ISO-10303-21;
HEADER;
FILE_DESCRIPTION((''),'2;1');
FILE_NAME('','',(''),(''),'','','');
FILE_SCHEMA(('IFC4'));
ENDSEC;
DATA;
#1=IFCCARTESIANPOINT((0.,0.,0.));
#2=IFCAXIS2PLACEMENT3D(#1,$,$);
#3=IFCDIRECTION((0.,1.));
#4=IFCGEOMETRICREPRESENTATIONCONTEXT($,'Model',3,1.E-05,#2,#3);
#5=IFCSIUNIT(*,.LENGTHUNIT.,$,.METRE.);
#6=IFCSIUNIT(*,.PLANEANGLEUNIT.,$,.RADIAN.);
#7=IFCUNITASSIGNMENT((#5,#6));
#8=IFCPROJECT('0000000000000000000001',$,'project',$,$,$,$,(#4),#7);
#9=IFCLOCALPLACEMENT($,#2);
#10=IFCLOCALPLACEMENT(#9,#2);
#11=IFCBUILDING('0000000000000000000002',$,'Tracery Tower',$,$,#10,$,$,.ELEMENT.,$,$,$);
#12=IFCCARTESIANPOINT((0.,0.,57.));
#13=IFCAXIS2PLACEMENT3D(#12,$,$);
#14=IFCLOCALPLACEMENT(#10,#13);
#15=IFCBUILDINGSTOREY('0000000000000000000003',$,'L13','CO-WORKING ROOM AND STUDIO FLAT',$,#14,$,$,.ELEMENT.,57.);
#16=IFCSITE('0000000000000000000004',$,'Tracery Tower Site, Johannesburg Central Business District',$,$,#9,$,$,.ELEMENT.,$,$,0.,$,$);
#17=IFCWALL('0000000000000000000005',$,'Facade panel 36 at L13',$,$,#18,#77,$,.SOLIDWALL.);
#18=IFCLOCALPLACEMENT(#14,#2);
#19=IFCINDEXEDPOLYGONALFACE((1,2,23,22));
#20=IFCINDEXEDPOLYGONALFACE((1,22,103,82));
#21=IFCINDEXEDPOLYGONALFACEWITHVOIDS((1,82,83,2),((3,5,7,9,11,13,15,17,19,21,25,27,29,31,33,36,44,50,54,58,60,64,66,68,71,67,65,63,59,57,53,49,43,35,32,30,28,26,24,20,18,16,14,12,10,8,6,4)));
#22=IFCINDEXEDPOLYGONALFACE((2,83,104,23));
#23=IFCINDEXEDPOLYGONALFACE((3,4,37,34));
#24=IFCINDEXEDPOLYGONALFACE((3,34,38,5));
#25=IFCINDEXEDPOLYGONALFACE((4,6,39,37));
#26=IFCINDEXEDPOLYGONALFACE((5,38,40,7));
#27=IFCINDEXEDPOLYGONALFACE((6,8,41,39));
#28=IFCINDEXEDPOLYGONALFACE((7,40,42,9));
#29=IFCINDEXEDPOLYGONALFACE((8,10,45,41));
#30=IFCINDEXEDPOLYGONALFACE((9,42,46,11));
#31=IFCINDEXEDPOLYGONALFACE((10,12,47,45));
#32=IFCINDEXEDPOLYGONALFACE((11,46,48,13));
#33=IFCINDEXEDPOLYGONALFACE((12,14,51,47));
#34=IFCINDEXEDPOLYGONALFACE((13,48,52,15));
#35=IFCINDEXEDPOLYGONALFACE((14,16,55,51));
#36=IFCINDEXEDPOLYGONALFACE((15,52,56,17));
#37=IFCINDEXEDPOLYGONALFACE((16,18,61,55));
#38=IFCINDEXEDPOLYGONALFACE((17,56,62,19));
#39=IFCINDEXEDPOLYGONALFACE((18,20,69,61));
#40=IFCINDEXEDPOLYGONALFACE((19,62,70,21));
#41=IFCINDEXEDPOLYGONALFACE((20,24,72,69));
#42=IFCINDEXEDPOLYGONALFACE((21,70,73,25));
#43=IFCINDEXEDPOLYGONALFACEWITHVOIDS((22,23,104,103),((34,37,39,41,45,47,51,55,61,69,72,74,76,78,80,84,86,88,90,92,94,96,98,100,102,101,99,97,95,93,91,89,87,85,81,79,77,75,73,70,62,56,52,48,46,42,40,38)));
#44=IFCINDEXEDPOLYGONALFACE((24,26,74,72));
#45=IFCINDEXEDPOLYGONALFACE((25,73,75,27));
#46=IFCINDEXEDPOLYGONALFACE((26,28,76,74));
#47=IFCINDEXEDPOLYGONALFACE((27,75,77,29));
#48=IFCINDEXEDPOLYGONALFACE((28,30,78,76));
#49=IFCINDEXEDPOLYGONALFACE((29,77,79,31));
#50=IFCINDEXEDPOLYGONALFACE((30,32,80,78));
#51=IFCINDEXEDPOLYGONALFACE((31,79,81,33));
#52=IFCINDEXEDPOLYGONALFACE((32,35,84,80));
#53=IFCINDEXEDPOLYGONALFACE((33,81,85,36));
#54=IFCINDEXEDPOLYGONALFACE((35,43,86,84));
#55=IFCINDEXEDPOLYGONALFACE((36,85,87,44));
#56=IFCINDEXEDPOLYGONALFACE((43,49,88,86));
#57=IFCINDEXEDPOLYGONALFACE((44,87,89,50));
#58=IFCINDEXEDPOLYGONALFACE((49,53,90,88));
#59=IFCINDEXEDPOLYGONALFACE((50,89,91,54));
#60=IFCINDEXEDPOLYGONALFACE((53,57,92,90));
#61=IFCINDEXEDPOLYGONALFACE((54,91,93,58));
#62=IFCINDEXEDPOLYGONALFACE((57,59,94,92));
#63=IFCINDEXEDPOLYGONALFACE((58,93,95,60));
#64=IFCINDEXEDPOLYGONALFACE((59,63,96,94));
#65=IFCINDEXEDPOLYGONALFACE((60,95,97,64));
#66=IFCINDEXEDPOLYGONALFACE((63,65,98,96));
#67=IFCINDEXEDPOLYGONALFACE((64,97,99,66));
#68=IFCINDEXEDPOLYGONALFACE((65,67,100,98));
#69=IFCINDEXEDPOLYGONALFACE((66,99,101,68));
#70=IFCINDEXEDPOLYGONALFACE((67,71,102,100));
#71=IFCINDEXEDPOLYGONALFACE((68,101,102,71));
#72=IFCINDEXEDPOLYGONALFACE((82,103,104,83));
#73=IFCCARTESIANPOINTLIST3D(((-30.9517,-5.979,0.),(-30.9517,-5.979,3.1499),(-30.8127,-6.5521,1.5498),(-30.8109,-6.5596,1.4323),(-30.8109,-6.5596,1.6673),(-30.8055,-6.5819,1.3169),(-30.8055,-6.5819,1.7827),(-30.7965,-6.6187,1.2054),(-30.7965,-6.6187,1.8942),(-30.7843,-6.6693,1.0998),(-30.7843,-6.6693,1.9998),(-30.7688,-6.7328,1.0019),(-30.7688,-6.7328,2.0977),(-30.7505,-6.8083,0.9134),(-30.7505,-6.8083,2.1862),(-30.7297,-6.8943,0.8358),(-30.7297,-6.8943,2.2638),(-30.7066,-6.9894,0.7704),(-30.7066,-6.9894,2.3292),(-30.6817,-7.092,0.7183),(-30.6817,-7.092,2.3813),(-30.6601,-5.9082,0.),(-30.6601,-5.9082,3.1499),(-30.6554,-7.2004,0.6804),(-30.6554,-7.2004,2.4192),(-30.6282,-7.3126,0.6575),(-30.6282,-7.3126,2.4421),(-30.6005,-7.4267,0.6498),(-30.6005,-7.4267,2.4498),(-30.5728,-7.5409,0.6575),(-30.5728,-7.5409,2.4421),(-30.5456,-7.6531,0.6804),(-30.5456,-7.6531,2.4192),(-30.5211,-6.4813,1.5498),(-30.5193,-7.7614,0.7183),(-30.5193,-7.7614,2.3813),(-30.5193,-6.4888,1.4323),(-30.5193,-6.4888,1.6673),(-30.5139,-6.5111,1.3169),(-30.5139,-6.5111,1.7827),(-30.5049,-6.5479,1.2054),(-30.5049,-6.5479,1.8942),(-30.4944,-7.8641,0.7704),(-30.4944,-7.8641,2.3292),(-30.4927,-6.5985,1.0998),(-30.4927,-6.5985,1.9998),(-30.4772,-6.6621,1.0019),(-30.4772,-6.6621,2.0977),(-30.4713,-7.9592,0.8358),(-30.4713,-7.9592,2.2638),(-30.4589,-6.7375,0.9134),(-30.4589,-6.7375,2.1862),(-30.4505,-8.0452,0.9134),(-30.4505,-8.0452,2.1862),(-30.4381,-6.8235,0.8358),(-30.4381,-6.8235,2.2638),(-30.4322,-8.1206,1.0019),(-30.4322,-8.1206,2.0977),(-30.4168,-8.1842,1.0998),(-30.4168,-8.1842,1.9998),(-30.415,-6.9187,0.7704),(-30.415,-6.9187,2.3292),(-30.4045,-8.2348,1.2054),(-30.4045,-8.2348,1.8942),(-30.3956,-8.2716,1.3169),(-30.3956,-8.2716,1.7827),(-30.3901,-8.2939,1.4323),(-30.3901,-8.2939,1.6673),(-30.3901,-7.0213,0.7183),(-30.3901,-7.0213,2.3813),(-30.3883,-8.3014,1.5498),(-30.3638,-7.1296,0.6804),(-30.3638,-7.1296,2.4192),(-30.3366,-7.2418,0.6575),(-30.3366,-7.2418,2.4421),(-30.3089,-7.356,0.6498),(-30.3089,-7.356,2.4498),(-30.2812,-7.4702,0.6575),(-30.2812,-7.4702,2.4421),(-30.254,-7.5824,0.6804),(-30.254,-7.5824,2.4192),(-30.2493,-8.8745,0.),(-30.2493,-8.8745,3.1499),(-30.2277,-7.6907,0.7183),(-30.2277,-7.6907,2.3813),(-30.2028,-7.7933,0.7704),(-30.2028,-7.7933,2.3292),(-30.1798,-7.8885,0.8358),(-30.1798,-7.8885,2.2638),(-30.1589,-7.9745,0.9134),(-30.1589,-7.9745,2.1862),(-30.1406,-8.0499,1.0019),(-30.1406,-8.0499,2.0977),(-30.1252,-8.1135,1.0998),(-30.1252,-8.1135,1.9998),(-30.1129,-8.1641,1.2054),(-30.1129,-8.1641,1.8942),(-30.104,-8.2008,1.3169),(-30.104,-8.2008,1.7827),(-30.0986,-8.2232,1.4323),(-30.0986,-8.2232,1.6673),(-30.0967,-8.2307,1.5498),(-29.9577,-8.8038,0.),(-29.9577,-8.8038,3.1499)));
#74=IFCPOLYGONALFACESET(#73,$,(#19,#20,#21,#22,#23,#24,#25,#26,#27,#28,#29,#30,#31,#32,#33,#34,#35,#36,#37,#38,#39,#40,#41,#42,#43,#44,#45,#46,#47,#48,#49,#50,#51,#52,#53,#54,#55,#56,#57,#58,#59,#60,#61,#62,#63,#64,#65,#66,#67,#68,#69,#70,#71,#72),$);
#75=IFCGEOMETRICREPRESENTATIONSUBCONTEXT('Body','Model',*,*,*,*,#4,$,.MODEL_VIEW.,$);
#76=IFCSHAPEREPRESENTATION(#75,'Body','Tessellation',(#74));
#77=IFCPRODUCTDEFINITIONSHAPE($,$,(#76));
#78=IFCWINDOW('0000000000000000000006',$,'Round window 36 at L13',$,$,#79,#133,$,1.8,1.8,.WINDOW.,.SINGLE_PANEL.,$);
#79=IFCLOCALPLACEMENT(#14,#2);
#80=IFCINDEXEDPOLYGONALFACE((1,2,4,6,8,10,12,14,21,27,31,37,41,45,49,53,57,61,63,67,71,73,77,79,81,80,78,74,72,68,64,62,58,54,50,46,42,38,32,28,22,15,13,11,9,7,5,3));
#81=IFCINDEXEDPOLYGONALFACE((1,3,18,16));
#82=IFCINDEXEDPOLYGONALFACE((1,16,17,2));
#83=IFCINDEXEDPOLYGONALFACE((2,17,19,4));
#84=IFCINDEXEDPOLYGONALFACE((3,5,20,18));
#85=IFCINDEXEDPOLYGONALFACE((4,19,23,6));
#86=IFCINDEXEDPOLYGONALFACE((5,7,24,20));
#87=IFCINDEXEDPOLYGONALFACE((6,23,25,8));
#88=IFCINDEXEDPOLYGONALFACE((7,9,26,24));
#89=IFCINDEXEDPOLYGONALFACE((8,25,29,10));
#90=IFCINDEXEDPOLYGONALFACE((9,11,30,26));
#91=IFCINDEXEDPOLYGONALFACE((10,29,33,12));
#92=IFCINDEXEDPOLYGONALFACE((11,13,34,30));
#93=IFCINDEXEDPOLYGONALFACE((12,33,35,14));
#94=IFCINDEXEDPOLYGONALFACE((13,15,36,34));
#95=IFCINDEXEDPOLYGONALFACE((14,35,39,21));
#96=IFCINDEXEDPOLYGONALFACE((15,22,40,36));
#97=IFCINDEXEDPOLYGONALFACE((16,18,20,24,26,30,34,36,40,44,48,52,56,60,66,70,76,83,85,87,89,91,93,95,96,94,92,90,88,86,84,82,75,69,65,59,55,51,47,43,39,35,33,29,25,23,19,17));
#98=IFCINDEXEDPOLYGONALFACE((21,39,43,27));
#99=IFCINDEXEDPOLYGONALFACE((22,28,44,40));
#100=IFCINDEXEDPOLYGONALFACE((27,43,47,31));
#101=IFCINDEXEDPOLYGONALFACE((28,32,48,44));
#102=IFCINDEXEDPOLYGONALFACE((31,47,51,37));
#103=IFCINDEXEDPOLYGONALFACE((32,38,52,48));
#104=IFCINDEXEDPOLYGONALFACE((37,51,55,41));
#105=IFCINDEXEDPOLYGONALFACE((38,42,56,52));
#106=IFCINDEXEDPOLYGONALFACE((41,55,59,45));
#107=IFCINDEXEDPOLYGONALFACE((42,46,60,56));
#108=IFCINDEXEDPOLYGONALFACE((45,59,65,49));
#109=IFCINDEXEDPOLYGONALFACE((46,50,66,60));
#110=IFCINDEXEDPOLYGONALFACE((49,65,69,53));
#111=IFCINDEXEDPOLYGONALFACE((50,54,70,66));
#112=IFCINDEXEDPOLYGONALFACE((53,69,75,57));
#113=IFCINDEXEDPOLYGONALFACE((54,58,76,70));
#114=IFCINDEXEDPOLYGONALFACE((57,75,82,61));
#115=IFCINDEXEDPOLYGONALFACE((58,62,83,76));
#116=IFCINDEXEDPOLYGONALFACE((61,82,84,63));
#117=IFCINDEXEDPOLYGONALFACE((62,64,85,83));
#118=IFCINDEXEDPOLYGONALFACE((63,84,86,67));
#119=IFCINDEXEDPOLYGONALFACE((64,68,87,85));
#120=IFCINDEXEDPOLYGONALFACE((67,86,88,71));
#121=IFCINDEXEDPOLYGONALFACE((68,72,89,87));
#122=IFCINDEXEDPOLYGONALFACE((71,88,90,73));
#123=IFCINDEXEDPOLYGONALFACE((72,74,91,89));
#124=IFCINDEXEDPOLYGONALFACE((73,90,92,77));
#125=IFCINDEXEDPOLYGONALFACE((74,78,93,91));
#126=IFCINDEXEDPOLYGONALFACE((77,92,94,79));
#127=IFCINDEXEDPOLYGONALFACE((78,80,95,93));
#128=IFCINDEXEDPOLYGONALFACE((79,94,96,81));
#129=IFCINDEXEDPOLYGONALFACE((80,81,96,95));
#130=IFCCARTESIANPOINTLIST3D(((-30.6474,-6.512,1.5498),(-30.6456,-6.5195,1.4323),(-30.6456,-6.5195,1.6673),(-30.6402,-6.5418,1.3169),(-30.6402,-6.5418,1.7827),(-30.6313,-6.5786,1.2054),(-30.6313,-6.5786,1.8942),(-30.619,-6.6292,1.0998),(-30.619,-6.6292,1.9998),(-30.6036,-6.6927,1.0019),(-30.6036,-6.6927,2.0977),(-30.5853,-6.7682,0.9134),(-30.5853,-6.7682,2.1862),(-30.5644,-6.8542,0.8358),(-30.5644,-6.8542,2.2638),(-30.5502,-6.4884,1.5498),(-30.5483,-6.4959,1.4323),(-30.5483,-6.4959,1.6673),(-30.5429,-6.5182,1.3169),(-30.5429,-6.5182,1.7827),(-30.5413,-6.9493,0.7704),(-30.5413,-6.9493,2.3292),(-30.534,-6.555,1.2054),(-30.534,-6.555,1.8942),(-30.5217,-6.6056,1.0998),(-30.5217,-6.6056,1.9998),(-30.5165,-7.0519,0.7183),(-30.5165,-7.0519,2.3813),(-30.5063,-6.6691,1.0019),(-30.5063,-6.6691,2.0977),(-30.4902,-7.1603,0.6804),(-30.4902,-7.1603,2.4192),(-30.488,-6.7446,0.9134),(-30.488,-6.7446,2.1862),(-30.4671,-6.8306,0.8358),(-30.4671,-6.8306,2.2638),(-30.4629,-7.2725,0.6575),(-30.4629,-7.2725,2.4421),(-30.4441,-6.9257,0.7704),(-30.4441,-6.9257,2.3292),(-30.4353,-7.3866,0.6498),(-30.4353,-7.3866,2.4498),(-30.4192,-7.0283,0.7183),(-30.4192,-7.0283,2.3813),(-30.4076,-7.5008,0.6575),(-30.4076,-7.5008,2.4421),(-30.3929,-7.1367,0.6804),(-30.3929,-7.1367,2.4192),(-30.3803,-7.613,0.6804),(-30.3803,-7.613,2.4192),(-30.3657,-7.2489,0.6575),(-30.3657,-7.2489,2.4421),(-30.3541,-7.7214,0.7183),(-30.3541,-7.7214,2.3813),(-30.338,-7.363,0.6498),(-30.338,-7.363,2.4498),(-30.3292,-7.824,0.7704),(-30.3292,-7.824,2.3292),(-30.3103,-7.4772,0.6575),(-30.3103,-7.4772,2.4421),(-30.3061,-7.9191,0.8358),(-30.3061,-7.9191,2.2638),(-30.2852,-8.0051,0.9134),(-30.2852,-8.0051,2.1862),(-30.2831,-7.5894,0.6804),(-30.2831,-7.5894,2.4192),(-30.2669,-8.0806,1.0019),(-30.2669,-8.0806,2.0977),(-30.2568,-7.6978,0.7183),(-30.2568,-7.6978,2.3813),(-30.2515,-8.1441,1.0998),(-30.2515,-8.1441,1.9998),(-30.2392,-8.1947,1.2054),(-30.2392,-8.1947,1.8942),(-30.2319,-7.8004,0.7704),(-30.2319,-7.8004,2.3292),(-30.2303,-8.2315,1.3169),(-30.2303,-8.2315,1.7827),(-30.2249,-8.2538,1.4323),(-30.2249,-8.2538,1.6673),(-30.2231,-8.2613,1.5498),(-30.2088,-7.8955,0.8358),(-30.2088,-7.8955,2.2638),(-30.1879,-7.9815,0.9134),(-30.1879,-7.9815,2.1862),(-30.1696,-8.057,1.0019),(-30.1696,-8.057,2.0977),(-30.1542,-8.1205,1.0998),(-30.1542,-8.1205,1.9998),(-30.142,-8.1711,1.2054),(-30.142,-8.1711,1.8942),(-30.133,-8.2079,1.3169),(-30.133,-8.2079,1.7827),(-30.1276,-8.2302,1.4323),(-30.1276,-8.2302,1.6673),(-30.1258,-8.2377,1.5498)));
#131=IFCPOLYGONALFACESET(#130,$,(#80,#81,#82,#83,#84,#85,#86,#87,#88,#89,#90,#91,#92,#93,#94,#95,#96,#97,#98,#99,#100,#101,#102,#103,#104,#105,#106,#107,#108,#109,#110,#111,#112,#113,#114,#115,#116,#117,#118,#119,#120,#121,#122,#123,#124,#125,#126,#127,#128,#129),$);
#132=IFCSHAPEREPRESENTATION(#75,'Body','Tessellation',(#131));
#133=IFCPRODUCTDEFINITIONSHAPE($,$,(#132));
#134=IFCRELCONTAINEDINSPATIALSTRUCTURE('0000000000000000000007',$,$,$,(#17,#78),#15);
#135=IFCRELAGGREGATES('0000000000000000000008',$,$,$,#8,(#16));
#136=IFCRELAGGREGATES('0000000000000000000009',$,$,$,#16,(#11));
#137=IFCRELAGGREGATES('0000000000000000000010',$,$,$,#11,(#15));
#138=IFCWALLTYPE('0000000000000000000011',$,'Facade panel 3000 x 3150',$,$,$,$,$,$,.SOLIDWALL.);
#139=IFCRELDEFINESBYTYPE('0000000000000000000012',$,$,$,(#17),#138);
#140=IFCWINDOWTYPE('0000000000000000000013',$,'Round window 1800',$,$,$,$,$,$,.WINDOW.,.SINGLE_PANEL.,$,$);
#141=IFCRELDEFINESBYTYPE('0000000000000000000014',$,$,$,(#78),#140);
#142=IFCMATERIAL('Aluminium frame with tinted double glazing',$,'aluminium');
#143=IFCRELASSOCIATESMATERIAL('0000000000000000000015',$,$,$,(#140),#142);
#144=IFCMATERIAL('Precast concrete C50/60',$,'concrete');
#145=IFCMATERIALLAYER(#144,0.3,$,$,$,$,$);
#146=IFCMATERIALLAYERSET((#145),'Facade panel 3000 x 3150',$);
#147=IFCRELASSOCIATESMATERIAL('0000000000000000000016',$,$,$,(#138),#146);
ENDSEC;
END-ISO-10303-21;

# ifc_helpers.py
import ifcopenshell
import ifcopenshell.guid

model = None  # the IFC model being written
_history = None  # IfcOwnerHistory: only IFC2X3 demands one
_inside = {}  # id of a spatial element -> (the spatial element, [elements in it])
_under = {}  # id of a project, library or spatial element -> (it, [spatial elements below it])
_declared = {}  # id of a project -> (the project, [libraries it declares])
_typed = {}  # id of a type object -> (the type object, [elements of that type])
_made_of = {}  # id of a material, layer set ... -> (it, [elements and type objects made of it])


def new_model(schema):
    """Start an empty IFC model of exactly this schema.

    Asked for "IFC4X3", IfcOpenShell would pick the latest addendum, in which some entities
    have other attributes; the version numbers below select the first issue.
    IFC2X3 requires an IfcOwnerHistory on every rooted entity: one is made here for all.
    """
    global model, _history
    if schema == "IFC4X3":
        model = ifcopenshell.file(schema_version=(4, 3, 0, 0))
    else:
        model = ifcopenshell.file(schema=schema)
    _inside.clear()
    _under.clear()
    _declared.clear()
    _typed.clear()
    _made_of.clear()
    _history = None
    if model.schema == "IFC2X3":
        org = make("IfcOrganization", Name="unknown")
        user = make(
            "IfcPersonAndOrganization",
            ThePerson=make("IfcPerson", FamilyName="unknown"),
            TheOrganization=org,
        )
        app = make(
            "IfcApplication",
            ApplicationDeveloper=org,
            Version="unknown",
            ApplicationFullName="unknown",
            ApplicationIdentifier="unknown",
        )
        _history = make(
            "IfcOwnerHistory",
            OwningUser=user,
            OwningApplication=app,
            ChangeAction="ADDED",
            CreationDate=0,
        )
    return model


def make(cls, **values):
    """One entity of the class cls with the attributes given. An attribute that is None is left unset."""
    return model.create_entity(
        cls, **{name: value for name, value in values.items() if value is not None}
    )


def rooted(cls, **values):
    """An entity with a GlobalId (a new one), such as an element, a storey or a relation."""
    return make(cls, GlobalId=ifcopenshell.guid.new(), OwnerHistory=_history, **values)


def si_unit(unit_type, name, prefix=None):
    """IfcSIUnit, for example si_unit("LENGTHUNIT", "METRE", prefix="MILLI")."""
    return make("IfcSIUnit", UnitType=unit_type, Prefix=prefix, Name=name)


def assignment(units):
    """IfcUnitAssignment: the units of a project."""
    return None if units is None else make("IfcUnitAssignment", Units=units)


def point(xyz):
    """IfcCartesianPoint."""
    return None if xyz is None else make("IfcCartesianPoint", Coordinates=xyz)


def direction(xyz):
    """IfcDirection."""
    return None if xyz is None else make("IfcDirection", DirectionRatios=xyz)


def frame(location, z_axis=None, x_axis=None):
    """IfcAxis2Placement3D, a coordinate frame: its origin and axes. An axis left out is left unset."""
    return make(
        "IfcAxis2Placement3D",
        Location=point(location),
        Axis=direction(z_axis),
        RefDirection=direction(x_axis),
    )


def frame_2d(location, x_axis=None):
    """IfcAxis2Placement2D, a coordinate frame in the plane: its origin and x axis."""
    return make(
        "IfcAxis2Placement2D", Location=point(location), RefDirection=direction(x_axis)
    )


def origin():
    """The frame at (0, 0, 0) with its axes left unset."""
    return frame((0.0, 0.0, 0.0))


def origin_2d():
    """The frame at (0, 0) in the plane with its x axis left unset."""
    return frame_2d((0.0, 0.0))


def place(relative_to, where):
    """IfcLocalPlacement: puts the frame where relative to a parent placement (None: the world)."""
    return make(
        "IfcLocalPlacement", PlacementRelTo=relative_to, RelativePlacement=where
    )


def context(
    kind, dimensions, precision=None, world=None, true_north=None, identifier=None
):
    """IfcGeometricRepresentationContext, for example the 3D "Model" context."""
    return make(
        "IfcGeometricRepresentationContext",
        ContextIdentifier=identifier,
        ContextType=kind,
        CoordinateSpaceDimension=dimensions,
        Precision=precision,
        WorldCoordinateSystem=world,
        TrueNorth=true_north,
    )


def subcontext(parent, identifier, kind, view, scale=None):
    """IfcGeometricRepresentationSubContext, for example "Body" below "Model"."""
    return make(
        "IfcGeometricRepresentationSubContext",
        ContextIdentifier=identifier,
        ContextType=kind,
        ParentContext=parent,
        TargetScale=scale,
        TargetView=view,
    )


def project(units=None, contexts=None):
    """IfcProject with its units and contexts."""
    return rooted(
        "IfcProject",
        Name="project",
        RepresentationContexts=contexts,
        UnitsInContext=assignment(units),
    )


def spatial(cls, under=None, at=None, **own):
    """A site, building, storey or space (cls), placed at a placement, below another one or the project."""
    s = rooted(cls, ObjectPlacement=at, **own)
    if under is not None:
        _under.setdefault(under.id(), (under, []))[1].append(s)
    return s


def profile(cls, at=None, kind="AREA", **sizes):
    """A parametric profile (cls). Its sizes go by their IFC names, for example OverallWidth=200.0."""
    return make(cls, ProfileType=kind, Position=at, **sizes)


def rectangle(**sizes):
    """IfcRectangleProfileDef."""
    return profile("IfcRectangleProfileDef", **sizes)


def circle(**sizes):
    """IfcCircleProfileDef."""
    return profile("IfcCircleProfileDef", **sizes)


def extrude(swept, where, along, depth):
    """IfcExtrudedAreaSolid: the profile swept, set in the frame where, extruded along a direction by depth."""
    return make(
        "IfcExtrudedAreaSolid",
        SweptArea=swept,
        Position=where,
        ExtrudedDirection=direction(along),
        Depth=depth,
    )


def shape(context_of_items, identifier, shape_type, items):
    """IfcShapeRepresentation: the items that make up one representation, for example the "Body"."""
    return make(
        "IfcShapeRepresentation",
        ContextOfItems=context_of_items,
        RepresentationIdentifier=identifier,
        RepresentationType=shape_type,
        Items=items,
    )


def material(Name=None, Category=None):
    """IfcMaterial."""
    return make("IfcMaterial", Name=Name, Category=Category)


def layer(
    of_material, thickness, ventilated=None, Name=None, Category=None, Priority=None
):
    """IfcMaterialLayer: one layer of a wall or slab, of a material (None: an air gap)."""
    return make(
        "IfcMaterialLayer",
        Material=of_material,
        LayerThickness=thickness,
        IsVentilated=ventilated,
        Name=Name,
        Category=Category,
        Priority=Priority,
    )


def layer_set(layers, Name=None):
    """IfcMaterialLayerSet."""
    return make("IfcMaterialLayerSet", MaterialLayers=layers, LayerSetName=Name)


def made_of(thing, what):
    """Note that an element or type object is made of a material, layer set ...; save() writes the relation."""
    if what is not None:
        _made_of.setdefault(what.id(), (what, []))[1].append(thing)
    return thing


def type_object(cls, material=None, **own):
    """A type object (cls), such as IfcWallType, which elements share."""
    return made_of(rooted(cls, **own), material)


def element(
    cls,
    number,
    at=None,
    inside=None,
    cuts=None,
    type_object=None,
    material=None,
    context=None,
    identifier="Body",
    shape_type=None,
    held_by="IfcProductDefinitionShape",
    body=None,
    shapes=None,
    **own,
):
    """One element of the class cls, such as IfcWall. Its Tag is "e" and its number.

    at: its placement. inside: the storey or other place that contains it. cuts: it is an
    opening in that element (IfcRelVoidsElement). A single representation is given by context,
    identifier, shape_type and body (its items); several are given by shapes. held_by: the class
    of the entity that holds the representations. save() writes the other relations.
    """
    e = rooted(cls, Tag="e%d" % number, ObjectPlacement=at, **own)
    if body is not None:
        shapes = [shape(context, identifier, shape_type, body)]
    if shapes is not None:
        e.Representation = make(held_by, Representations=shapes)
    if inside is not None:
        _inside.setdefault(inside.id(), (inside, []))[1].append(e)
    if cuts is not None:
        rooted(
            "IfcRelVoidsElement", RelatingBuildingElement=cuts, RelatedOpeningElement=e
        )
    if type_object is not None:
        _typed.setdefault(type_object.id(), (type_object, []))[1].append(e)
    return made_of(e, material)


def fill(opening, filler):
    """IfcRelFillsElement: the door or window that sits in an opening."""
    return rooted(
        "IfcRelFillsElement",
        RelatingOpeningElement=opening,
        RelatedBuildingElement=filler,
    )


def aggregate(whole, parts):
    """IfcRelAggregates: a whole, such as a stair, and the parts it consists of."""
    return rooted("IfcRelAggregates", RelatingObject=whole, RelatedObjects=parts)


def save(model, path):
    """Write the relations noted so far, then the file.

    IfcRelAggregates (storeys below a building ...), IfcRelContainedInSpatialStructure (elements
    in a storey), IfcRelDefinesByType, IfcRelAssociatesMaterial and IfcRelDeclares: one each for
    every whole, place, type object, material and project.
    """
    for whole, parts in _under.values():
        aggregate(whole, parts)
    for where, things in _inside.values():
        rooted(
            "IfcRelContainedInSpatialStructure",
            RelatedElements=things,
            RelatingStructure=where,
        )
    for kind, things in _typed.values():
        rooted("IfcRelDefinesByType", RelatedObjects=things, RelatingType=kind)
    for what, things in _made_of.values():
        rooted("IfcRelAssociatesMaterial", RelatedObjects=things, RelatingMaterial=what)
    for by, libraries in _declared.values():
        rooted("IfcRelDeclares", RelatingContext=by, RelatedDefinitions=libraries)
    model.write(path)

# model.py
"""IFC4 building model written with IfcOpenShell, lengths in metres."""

from ifc_helpers import new_model, si_unit, direction, frame, frame_2d, origin, origin_2d, place, context, subcontext, project, spatial, rectangle, circle, extrude, material, layer, layer_set, type_object, element, fill, save


model = new_model("IFC4")

# Units and contexts
model_context = context("Model", 3, precision=1e-05, world=origin(), true_north=direction((0.0, 1.0)))
body_context = subcontext(model_context, "Body", "Model", "MODEL_VIEW")
ifc_project = project(units=[si_unit("LENGTHUNIT", "METRE"), si_unit("PLANEANGLEUNIT", "RADIAN")], contexts=[model_context])

# Site, building, storey
site_placement = place(None, origin())
site = spatial("IfcSite", under=ifc_project, at=site_placement, Name="Tracery Tower Site, Johannesburg Central Business District", CompositionType="ELEMENT", RefElevation=0.0)
building_placement = place(site_placement, origin())
building = spatial("IfcBuilding", under=site, at=building_placement, Name="Tracery Tower", CompositionType="ELEMENT")
storey_placement = place(building_placement, frame((0.0, 0.0, 57.0)))
storey = spatial("IfcBuildingStorey", under=building, at=storey_placement, Name="L13", Description="CO-WORKING ROOM AND STUDIO FLAT", CompositionType="ELEMENT", Elevation=57.0)

# Wall, opening, window
ifc_material_1 = material(Name="Aluminium frame with tinted double glazing", Category="aluminium")
window_type = type_object("IfcWindowType", Name="Round window 1800", PartitioningType="SINGLE_PANEL", PredefinedType="WINDOW", material=ifc_material_1)
ifc_material_2 = material(Name="Precast concrete C50/60", Category="concrete")
ifc_layer_1 = layer(ifc_material_2, 0.3)
ifc_layer_set_1 = layer_set([ifc_layer_1], Name="Facade panel 3000 x 3150")
wall_type_1 = type_object("IfcWallType", Name="Facade panel 3000 x 3150", PredefinedType="SOLIDWALL", material=ifc_layer_set_1)
wall_1_placement = place(storey_placement, frame((-30.8059, -5.9436, 0.0), z_axis=(0.0, 0.0, 1.0), x_axis=(0.235743, -0.971815, 0.0)))
wall_1 = element("IfcWall", 1, at=wall_1_placement, inside=storey, type_object=wall_type_1, Name="Facade panel 36 at L13", PredefinedType="SOLIDWALL", context=body_context, shape_type="SweptSolid", body=[
    extrude(rectangle(XDim=2.9795, YDim=0.3, at=frame_2d((1.4897, 0.0))), origin(), (0.0, 0.0, 1.0), 3.1499),
])
opening_1_placement = place(wall_1_placement, frame((1.4897, 0.0, 1.5498)))
opening_1 = element("IfcOpeningElement", 2, at=opening_1_placement, cuts=wall_1, PredefinedType="OPENING", context=body_context, shape_type="SweptSolid", body=[
    extrude(circle(Radius=0.9, at=origin_2d()), frame((0.0, 0.1599, 0.0), z_axis=(0.0, -1.0, 0.0), x_axis=(1.0, 0.0, 0.0)), (0.0, 0.0, 1.0), 0.3201),
])
window_1_placement = place(opening_1_placement, origin())
window_1 = element("IfcWindow", 3, at=window_1_placement, inside=storey, type_object=window_type, Name="Round window 36 at L13", OverallHeight=1.8, OverallWidth=1.8, PartitioningType="SINGLE_PANEL", PredefinedType="WINDOW", context=body_context, shape_type="SweptSolid", body=[
    extrude(circle(Radius=0.9, at=origin_2d()), frame((0.0, 0.1201, 0.0), z_axis=(0.0, -1.0, 0.0), x_axis=(1.0, 0.0, 0.0)), (0.0, 0.0, 1.0), 0.1001),
])
fill(opening_1, window_1)

save(model, "model.ifc")
